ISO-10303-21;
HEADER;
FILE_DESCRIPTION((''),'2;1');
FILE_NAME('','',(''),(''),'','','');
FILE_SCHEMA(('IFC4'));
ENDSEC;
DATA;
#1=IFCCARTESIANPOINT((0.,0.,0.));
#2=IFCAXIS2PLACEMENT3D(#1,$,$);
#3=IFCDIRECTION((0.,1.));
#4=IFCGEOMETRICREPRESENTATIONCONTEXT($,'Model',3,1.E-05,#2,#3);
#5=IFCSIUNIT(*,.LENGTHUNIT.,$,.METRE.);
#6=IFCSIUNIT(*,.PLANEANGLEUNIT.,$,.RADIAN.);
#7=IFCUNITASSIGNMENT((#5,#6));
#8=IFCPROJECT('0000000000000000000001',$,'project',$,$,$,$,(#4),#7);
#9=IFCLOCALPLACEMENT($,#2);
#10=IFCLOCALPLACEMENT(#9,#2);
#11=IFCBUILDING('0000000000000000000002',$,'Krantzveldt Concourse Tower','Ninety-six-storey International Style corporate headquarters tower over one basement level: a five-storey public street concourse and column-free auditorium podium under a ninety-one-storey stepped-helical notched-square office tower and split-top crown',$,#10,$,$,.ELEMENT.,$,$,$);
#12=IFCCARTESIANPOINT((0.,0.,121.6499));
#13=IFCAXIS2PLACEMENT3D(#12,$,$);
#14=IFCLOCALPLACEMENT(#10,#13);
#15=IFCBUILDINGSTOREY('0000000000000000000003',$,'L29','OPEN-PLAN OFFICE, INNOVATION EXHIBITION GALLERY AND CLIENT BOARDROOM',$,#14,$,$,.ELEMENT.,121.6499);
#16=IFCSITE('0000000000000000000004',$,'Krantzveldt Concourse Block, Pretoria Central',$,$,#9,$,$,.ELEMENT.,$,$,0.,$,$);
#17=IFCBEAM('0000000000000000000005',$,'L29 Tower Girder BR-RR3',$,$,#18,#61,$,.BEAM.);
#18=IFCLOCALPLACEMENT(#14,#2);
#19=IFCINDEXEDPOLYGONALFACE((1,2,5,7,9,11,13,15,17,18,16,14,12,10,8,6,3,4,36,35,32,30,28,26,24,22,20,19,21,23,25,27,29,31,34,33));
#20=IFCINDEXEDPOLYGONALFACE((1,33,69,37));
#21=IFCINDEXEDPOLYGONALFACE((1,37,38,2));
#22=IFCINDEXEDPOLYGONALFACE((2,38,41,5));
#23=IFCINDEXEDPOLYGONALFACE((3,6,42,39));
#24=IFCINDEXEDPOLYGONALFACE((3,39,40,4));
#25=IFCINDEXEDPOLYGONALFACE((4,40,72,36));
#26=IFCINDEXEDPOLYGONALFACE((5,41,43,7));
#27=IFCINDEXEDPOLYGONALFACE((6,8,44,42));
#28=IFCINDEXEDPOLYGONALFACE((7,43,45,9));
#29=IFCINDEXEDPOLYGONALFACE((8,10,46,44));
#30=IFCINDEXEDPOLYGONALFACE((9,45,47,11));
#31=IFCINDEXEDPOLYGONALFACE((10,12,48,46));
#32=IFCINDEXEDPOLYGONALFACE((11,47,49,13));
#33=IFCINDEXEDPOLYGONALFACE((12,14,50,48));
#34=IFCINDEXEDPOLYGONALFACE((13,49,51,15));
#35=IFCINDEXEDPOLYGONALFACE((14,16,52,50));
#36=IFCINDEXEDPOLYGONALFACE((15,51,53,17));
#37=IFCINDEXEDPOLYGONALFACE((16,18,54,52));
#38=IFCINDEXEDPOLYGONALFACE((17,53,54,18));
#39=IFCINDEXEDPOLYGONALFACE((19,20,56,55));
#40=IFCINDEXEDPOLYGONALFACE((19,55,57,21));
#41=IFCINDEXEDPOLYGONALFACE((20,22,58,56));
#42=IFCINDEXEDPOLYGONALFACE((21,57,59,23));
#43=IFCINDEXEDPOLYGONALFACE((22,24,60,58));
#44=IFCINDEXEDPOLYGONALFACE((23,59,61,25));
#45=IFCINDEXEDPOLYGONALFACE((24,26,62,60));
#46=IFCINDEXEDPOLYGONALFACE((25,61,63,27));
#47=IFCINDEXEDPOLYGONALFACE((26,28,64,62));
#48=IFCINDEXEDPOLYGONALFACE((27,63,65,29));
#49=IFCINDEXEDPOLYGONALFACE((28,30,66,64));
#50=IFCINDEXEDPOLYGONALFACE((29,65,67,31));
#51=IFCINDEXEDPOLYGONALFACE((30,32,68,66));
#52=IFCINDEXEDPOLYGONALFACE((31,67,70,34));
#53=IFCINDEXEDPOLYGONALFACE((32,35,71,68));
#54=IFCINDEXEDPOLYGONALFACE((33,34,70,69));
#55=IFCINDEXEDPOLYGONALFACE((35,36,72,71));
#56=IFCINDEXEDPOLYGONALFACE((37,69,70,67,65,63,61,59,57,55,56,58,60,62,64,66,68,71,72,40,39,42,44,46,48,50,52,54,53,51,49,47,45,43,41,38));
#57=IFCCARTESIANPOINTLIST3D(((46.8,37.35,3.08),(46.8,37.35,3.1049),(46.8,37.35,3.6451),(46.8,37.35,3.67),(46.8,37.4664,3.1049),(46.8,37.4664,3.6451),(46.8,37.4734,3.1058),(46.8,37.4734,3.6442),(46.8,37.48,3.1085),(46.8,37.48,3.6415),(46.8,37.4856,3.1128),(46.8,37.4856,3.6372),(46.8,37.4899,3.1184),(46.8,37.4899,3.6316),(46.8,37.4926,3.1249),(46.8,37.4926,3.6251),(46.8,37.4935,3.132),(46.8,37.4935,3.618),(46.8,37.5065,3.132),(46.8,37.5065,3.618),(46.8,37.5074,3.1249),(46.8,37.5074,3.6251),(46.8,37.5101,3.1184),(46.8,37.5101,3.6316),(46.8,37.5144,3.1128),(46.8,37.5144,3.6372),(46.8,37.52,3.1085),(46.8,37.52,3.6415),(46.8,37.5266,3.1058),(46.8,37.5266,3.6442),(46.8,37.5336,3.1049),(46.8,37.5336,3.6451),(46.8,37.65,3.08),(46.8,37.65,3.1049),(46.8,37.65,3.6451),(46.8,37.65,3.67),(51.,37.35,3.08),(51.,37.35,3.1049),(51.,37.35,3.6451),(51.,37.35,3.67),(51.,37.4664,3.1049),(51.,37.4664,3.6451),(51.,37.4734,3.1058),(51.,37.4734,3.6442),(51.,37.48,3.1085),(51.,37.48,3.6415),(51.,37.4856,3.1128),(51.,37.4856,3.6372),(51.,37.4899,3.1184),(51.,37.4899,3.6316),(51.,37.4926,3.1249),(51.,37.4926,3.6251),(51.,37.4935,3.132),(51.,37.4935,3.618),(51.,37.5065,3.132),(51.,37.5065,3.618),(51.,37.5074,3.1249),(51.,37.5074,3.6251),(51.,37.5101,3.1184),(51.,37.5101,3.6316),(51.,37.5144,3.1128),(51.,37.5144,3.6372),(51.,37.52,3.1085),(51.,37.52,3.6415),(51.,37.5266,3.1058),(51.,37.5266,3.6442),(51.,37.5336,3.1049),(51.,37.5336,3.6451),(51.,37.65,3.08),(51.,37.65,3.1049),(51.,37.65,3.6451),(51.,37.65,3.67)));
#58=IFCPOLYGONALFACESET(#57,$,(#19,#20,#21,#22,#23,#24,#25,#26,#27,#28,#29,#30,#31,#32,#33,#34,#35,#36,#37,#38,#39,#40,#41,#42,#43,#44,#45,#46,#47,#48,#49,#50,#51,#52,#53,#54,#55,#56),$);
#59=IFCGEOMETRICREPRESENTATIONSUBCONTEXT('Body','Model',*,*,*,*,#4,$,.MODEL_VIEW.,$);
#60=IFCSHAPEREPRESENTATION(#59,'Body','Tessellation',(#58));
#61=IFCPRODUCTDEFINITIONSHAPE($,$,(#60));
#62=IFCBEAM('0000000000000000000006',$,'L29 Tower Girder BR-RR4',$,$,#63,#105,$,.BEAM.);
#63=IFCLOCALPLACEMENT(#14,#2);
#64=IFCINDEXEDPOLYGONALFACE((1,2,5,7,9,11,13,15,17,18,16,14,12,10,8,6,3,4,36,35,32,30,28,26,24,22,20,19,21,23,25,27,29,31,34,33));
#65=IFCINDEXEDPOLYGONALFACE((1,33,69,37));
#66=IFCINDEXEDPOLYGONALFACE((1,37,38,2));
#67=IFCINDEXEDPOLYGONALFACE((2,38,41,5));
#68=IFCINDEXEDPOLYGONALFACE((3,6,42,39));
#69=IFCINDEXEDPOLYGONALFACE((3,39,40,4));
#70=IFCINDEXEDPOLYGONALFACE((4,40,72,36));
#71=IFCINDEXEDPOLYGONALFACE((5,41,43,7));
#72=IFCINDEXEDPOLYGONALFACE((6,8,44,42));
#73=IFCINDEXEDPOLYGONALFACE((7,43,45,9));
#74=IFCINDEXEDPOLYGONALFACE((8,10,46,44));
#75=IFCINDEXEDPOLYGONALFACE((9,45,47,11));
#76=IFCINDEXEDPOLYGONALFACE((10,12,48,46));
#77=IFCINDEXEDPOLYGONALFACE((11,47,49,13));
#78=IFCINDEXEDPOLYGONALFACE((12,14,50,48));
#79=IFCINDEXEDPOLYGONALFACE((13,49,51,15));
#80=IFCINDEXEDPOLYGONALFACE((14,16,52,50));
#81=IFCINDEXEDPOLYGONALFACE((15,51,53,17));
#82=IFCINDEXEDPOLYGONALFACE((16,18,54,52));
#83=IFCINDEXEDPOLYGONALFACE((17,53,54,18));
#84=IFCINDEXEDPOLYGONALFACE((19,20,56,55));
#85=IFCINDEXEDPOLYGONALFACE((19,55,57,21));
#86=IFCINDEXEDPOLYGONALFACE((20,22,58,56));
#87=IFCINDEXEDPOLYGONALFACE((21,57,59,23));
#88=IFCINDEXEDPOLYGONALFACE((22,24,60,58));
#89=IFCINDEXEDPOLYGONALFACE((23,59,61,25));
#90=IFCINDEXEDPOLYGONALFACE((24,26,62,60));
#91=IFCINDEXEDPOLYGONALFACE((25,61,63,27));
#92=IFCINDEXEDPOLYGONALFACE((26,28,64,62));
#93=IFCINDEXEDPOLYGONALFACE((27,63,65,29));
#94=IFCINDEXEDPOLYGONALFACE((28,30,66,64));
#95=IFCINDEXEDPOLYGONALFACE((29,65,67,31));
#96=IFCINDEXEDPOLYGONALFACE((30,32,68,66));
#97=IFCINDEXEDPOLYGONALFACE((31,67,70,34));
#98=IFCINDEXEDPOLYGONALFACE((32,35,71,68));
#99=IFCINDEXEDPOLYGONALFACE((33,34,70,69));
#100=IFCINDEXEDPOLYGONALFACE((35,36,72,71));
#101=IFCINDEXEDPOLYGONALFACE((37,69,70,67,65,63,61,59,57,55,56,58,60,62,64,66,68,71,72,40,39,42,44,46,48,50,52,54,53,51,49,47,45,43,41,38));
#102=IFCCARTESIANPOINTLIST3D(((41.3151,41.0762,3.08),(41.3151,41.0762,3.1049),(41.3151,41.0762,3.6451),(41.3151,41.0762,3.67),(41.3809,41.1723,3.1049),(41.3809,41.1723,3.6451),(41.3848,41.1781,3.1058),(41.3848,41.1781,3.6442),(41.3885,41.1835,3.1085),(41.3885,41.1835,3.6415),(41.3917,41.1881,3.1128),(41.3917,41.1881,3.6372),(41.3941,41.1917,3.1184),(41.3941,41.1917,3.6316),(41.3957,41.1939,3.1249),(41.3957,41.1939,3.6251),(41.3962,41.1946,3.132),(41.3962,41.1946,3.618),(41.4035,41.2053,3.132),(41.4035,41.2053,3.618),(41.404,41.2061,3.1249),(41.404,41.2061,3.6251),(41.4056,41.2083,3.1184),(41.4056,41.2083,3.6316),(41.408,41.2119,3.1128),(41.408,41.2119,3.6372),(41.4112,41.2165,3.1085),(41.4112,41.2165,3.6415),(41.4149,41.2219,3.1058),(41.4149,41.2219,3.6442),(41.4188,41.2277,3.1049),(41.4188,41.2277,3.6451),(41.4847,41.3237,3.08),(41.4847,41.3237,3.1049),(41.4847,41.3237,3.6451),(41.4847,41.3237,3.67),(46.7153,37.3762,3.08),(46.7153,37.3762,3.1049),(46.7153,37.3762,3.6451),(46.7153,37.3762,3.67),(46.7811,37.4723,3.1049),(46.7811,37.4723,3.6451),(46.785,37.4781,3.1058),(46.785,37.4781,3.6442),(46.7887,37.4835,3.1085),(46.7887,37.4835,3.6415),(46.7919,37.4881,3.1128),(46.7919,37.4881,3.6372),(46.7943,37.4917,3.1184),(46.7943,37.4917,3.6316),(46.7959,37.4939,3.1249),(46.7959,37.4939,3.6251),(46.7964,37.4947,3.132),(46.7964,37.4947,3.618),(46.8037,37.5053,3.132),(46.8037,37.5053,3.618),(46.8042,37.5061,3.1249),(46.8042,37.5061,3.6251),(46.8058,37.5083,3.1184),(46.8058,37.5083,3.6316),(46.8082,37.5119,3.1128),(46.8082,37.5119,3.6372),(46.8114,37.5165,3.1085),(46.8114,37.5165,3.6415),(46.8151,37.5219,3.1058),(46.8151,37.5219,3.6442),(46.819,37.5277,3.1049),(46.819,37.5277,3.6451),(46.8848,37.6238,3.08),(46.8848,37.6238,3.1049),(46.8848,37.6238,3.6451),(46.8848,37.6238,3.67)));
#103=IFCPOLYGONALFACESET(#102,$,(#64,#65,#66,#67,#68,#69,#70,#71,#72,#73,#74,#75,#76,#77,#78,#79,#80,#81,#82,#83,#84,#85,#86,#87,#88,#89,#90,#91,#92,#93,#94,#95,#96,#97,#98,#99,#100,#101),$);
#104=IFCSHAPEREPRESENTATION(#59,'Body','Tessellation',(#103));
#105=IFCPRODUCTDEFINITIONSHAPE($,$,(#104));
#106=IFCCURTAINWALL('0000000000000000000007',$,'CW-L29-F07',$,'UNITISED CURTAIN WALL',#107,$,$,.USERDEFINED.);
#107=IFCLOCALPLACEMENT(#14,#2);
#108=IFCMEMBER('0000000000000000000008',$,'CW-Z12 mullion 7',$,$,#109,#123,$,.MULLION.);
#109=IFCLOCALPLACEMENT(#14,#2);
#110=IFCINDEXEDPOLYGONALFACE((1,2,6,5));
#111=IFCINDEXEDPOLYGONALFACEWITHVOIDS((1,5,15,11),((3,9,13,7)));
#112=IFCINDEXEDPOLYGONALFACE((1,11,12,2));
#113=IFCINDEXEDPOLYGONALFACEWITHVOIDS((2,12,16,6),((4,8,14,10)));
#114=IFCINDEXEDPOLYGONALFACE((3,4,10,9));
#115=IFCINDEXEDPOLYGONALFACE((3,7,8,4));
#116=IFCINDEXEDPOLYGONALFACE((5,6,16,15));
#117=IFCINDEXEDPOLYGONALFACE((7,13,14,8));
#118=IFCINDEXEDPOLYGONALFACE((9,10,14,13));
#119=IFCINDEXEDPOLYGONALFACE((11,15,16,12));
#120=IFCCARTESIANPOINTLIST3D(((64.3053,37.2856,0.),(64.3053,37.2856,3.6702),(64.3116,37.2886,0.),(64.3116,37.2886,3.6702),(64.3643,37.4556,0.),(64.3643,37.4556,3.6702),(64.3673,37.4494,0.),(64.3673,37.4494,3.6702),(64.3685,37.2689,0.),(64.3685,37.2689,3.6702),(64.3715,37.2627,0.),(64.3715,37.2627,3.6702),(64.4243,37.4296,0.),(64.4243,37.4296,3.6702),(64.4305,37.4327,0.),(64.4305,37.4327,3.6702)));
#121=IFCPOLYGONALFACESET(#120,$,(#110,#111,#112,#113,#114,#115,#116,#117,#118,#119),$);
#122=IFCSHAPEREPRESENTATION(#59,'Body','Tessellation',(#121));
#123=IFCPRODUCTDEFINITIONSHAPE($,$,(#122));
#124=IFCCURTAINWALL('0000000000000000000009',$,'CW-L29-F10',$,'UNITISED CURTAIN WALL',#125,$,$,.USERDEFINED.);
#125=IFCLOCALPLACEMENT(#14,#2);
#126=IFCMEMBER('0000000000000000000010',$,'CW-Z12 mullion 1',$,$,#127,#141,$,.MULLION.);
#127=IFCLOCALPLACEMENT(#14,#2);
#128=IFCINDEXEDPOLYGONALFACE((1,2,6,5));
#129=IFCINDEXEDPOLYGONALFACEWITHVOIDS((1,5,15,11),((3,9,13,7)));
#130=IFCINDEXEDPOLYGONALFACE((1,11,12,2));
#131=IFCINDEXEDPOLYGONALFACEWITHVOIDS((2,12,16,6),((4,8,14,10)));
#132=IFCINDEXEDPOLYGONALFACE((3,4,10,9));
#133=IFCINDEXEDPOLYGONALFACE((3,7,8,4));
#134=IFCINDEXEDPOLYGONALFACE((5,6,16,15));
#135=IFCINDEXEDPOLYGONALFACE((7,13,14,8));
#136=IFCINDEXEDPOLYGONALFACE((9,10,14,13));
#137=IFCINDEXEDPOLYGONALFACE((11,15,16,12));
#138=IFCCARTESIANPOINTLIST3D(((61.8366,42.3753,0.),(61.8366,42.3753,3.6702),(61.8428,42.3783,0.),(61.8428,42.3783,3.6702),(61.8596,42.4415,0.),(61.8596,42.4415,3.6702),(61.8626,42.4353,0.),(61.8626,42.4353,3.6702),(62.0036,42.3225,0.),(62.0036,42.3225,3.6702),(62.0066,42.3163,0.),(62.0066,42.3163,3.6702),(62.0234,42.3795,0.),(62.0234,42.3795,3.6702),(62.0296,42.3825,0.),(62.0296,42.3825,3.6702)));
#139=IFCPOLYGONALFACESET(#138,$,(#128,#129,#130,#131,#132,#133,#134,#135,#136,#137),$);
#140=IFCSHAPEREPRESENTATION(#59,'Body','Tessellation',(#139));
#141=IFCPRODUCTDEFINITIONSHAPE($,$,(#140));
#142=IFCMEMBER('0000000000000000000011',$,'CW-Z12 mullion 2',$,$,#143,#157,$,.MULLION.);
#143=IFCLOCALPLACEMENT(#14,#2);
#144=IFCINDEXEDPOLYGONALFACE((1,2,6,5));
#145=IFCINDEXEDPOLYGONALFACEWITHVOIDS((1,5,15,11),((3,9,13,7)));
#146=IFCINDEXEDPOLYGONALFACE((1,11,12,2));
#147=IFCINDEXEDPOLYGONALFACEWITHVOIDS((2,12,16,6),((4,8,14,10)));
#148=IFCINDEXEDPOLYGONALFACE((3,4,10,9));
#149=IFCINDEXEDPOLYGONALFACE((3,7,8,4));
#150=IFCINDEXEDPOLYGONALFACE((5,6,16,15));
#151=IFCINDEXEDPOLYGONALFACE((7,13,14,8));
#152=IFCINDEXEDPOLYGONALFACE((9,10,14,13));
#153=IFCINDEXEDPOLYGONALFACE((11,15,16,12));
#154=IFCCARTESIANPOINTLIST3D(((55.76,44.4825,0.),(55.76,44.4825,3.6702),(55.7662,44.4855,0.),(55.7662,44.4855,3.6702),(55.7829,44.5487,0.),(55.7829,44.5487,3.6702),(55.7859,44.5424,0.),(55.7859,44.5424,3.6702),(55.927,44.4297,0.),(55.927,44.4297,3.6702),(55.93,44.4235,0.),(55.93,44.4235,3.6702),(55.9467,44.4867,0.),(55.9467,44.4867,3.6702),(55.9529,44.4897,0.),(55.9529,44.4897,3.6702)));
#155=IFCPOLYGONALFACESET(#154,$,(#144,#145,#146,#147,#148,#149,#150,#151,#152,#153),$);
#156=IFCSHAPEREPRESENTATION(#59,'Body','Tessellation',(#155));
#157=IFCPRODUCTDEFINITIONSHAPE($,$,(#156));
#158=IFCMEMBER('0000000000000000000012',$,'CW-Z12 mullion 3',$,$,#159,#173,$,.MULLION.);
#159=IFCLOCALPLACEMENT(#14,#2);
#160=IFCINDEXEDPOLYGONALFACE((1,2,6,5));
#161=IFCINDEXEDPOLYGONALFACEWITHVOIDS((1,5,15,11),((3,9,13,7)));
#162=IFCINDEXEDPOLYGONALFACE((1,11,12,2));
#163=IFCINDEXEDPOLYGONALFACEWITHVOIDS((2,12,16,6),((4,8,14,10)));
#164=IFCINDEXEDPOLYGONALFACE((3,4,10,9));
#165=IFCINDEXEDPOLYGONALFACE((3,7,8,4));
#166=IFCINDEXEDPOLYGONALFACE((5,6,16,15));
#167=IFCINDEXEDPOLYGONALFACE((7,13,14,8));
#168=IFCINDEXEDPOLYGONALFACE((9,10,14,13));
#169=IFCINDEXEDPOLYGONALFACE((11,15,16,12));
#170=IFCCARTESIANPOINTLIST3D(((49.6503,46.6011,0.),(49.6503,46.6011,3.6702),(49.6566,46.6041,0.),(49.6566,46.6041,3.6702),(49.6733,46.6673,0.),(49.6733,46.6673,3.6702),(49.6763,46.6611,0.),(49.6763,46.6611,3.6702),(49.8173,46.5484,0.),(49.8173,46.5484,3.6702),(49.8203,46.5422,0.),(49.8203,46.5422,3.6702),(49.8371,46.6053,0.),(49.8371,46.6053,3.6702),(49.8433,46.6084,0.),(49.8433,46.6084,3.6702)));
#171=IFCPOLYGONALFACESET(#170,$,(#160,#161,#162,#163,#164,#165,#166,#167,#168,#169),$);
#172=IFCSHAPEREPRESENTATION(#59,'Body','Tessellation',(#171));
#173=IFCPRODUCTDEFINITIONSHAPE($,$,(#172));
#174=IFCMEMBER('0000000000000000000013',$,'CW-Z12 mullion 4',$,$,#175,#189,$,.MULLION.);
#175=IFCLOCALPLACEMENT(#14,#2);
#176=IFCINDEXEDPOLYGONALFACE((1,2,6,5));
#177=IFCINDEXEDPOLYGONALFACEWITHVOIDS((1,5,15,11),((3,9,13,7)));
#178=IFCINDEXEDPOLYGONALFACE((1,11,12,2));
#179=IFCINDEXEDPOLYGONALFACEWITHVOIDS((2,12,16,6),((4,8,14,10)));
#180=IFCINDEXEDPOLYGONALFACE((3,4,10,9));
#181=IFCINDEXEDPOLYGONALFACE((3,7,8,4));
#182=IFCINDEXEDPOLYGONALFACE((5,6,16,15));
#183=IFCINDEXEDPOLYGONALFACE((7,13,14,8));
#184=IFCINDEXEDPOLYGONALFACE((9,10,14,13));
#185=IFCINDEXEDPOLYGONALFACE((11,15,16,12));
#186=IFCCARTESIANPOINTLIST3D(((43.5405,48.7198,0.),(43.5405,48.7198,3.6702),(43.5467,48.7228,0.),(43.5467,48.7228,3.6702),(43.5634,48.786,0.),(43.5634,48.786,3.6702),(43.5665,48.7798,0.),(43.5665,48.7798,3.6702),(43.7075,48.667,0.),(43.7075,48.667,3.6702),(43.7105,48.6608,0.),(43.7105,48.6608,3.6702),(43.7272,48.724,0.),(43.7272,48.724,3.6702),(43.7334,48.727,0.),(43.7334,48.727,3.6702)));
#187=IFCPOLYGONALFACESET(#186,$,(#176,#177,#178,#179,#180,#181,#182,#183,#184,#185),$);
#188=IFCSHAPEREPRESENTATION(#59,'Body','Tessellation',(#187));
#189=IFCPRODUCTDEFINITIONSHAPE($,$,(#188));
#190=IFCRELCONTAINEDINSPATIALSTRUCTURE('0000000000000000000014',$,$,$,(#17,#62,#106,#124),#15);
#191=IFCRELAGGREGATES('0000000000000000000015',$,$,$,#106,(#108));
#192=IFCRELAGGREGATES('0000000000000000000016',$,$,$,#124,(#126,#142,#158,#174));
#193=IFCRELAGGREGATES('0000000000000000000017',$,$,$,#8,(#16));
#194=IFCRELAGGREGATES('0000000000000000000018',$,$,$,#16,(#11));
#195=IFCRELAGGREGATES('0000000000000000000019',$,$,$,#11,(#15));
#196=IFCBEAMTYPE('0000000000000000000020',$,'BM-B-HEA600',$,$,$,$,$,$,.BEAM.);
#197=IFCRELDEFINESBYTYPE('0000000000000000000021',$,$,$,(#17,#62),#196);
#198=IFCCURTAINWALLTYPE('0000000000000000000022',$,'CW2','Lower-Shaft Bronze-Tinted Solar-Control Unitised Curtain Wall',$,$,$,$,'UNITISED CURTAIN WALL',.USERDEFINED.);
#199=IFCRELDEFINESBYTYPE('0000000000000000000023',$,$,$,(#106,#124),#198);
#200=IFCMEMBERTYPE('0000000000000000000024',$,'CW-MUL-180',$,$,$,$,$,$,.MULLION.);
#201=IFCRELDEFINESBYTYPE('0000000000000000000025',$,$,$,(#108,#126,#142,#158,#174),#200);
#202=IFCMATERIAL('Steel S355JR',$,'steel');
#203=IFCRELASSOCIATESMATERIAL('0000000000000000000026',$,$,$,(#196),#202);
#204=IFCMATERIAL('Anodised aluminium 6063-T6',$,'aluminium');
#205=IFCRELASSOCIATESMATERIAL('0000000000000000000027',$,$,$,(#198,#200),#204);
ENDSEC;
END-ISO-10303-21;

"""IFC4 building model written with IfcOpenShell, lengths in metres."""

from ifc_helpers import new_model, si_unit, direction, frame, origin, origin_2d, place, context, subcontext, project, spatial, hollow_rectangle, i_section, extrude, source, transform, mapped, material, material_profile, profile_set, type_object, type_shapes, element, aggregate, save


model = new_model("IFC4")

# Units and contexts
model_context = context("Model", 3, precision=1e-05, world=origin(), true_north=direction((0.0, 1.0)))
body_context = subcontext(model_context, "Body", "Model", "MODEL_VIEW")
ifc_project = project(units=[si_unit("LENGTHUNIT", "METRE"), si_unit("PLANEANGLEUNIT", "RADIAN")], contexts=[model_context])

# Site, building, storey
site_placement = place(None, origin())
site = spatial("IfcSite", under=ifc_project, at=site_placement, Name="Krantzveldt Concourse Block, Pretoria Central", CompositionType="ELEMENT", RefElevation=0.0)
building_placement = place(site_placement, origin())
building = spatial("IfcBuilding", under=site, at=building_placement, Name="Krantzveldt Concourse Tower", Description="Ninety-six-storey International Style corporate headquarters tower over one basement level: a five-storey public street concourse and column-free auditorium podium under a ninety-one-storey stepped-helical notched-square office tower and split-top crown", CompositionType="ELEMENT")
storey_placement = place(building_placement, frame((0.0, 0.0, 121.6499)))
storey = spatial("IfcBuildingStorey", under=building, at=storey_placement, Name="L29", Description="OPEN-PLAN OFFICE, INNOVATION EXHIBITION GALLERY AND CLIENT BOARDROOM", CompositionType="ELEMENT", Elevation=121.6499)

# Beams
ifc_material_1 = material(Name="Steel S355JR", Category="steel")
ifc_material_profile_1 = material_profile(ifc_material_1, i_section(OverallWidth=0.3, OverallDepth=0.5901, WebThickness=0.0129, FlangeThickness=0.0249, FilletRadius=0.0271, at=origin_2d()), Name="Steel S355JR", Category="steel")
ifc_profile_set_1 = profile_set([ifc_material_profile_1], Name="Steel S355JR - HEA 600")
beam_type_1 = type_object("IfcBeamType", Name="BM-B-HEA600", PredefinedType="BEAM", material=ifc_profile_set_1)
shared_shape_1 = source(origin(), body_context, "Body", "SweptSolid", [
    extrude(i_section(OverallWidth=0.3, OverallDepth=0.5901, WebThickness=0.0129, FlangeThickness=0.0249, FilletRadius=0.0271, at=origin_2d()), origin(), (0.0, 0.0, 1.0), 4.2),
])
beam_1_placement = place(storey_placement, frame((46.8, 37.5, 3.375), z_axis=(1.0, 0.0, 0.0), x_axis=(0.0, 1.0, 0.0)))
element("IfcBeam", 1, at=beam_1_placement, inside=storey, type_object=beam_type_1, Name="L29 Tower Girder BR-RR3", PredefinedType="BEAM", context=body_context, shape_type="MappedRepresentation", body=[
    mapped(shared_shape_1, transform((0.0, 0.0, 0.0), x_axis=(1.0, 0.0, 0.0), y_axis=(0.0, 1.0, 0.0), z_axis=(0.0, 0.0, 1.0), scale=1.0)),
])
shared_shape_2 = source(origin(), body_context, "Body", "SweptSolid", [
    extrude(i_section(OverallWidth=0.3, OverallDepth=0.5901, WebThickness=0.0129, FlangeThickness=0.0249, FilletRadius=0.0271, at=origin_2d()), origin(), (0.0, 0.0, 1.0), 6.5461),
])
type_shapes(beam_type_1, [shared_shape_1, shared_shape_2])
beam_2_placement = place(storey_placement, frame((46.8, 37.5, 3.375), z_axis=(-0.824943, 0.565216, 0.0), x_axis=(-0.565216, -0.824943, 0.0)))
element("IfcBeam", 2, at=beam_2_placement, inside=storey, type_object=beam_type_1, Name="L29 Tower Girder BR-RR4", PredefinedType="BEAM", context=body_context, shape_type="MappedRepresentation", body=[
    mapped(shared_shape_2, transform((0.0, 0.0, 0.0), x_axis=(1.0, 0.0, 0.0), y_axis=(0.0, 1.0, 0.0), z_axis=(0.0, 0.0, 1.0), scale=1.0)),
])

# Curtain wall, member
ifc_material_2 = material(Name="Anodised aluminium 6063-T6", Category="aluminium")
curtain_wall_type = type_object("IfcCurtainWallType", Name="CW2", Description="Lower-Shaft Bronze-Tinted Solar-Control Unitised Curtain Wall", ElementType="UNITISED CURTAIN WALL", PredefinedType="USERDEFINED", material=ifc_material_2)
curtain_wall_1_placement = place(storey_placement, origin())
curtain_wall_1 = element("IfcCurtainWall", 3, at=curtain_wall_1_placement, inside=storey, type_object=curtain_wall_type, Name="CW-L29-F07", ObjectType="UNITISED CURTAIN WALL", PredefinedType="USERDEFINED")
ifc_material_profile_2 = material_profile(ifc_material_2, hollow_rectangle(XDim=0.0701, YDim=0.1799, WallThickness=0.0049, at=origin_2d()), Name="Anodised aluminium 6063-T6", Category="aluminium")
ifc_profile_set_2 = profile_set([ifc_material_profile_2], Name="Anodised aluminium 6063-T6 - ALU-MULL 180x70x5")
member_type_1 = type_object("IfcMemberType", Name="CW-MUL-180", PredefinedType="MULLION", material=ifc_profile_set_2)
shared_shape_3 = source(origin(), body_context, "Body", "SweptSolid", [
    extrude(hollow_rectangle(XDim=0.0701, YDim=0.1799, WallThickness=0.0049, at=origin_2d()), origin(), (0.0, 0.0, 1.0), 3.6702),
])
type_shapes(member_type_1, [shared_shape_3])
member_1_placement = place(storey_placement, frame((64.3679, 37.3591, 0.0), z_axis=(0.0, 0.0, 1.0), x_axis=(-0.944806, 0.32763, 0.0)))
member_1 = element("IfcMember", 4, at=member_1_placement, type_object=member_type_1, Name="CW-Z12 mullion 7", PredefinedType="MULLION", context=body_context, shape_type="MappedRepresentation", body=[
    mapped(shared_shape_3, transform((0.0, 0.0, 0.0), x_axis=(1.0, 0.0, 0.0), y_axis=(0.0, 1.0, 0.0), z_axis=(0.0, 0.0, 1.0), scale=1.0)),
])
aggregate(curtain_wall_1, [member_1])

# Curtain wall, members
curtain_wall_2_placement = place(storey_placement, origin())
curtain_wall_2 = element("IfcCurtainWall", 5, at=curtain_wall_2_placement, inside=storey, type_object=curtain_wall_type, Name="CW-L29-F10", ObjectType="UNITISED CURTAIN WALL", PredefinedType="USERDEFINED")
member_2_placement = place(storey_placement, frame((61.9331, 42.3789, 0.0), z_axis=(0.0, 0.0, 1.0), x_axis=(-0.32763, -0.944806, 0.0)))
member_2 = element("IfcMember", 6, at=member_2_placement, type_object=member_type_1, Name="CW-Z12 mullion 1", PredefinedType="MULLION", context=body_context, shape_type="MappedRepresentation", body=[
    mapped(shared_shape_3, transform((0.0, 0.0, 0.0), x_axis=(1.0, 0.0, 0.0), y_axis=(0.0, 1.0, 0.0), z_axis=(0.0, 0.0, 1.0), scale=1.0)),
])
member_3_placement = place(storey_placement, frame((55.8564, 44.4861, 0.0), z_axis=(0.0, 0.0, 1.0), x_axis=(-0.32763, -0.944806, 0.0)))
member_3 = element("IfcMember", 7, at=member_3_placement, type_object=member_type_1, Name="CW-Z12 mullion 2", PredefinedType="MULLION", context=body_context, shape_type="MappedRepresentation", body=[
    mapped(shared_shape_3, transform((0.0, 0.0, 0.0), x_axis=(1.0, 0.0, 0.0), y_axis=(0.0, 1.0, 0.0), z_axis=(0.0, 0.0, 1.0), scale=1.0)),
])
member_4_placement = place(storey_placement, frame((49.7468, 46.6047, 0.0), z_axis=(0.0, 0.0, 1.0), x_axis=(-0.32763, -0.944806, 0.0)))
member_4 = element("IfcMember", 8, at=member_4_placement, type_object=member_type_1, Name="CW-Z12 mullion 3", PredefinedType="MULLION", context=body_context, shape_type="MappedRepresentation", body=[
    mapped(shared_shape_3, transform((0.0, 0.0, 0.0), x_axis=(1.0, 0.0, 0.0), y_axis=(0.0, 1.0, 0.0), z_axis=(0.0, 0.0, 1.0), scale=1.0)),
])
member_5_placement = place(storey_placement, frame((43.637, 48.7234, 0.0), z_axis=(0.0, 0.0, 1.0), x_axis=(-0.32763, -0.944806, 0.0)))
member_5 = element("IfcMember", 9, at=member_5_placement, type_object=member_type_1, Name="CW-Z12 mullion 4", PredefinedType="MULLION", context=body_context, shape_type="MappedRepresentation", body=[
    mapped(shared_shape_3, transform((0.0, 0.0, 0.0), x_axis=(1.0, 0.0, 0.0), y_axis=(0.0, 1.0, 0.0), z_axis=(0.0, 0.0, 1.0), scale=1.0)),
])
aggregate(curtain_wall_2, [member_2, member_3, member_4, member_5])

save(model, "model.ifc")
